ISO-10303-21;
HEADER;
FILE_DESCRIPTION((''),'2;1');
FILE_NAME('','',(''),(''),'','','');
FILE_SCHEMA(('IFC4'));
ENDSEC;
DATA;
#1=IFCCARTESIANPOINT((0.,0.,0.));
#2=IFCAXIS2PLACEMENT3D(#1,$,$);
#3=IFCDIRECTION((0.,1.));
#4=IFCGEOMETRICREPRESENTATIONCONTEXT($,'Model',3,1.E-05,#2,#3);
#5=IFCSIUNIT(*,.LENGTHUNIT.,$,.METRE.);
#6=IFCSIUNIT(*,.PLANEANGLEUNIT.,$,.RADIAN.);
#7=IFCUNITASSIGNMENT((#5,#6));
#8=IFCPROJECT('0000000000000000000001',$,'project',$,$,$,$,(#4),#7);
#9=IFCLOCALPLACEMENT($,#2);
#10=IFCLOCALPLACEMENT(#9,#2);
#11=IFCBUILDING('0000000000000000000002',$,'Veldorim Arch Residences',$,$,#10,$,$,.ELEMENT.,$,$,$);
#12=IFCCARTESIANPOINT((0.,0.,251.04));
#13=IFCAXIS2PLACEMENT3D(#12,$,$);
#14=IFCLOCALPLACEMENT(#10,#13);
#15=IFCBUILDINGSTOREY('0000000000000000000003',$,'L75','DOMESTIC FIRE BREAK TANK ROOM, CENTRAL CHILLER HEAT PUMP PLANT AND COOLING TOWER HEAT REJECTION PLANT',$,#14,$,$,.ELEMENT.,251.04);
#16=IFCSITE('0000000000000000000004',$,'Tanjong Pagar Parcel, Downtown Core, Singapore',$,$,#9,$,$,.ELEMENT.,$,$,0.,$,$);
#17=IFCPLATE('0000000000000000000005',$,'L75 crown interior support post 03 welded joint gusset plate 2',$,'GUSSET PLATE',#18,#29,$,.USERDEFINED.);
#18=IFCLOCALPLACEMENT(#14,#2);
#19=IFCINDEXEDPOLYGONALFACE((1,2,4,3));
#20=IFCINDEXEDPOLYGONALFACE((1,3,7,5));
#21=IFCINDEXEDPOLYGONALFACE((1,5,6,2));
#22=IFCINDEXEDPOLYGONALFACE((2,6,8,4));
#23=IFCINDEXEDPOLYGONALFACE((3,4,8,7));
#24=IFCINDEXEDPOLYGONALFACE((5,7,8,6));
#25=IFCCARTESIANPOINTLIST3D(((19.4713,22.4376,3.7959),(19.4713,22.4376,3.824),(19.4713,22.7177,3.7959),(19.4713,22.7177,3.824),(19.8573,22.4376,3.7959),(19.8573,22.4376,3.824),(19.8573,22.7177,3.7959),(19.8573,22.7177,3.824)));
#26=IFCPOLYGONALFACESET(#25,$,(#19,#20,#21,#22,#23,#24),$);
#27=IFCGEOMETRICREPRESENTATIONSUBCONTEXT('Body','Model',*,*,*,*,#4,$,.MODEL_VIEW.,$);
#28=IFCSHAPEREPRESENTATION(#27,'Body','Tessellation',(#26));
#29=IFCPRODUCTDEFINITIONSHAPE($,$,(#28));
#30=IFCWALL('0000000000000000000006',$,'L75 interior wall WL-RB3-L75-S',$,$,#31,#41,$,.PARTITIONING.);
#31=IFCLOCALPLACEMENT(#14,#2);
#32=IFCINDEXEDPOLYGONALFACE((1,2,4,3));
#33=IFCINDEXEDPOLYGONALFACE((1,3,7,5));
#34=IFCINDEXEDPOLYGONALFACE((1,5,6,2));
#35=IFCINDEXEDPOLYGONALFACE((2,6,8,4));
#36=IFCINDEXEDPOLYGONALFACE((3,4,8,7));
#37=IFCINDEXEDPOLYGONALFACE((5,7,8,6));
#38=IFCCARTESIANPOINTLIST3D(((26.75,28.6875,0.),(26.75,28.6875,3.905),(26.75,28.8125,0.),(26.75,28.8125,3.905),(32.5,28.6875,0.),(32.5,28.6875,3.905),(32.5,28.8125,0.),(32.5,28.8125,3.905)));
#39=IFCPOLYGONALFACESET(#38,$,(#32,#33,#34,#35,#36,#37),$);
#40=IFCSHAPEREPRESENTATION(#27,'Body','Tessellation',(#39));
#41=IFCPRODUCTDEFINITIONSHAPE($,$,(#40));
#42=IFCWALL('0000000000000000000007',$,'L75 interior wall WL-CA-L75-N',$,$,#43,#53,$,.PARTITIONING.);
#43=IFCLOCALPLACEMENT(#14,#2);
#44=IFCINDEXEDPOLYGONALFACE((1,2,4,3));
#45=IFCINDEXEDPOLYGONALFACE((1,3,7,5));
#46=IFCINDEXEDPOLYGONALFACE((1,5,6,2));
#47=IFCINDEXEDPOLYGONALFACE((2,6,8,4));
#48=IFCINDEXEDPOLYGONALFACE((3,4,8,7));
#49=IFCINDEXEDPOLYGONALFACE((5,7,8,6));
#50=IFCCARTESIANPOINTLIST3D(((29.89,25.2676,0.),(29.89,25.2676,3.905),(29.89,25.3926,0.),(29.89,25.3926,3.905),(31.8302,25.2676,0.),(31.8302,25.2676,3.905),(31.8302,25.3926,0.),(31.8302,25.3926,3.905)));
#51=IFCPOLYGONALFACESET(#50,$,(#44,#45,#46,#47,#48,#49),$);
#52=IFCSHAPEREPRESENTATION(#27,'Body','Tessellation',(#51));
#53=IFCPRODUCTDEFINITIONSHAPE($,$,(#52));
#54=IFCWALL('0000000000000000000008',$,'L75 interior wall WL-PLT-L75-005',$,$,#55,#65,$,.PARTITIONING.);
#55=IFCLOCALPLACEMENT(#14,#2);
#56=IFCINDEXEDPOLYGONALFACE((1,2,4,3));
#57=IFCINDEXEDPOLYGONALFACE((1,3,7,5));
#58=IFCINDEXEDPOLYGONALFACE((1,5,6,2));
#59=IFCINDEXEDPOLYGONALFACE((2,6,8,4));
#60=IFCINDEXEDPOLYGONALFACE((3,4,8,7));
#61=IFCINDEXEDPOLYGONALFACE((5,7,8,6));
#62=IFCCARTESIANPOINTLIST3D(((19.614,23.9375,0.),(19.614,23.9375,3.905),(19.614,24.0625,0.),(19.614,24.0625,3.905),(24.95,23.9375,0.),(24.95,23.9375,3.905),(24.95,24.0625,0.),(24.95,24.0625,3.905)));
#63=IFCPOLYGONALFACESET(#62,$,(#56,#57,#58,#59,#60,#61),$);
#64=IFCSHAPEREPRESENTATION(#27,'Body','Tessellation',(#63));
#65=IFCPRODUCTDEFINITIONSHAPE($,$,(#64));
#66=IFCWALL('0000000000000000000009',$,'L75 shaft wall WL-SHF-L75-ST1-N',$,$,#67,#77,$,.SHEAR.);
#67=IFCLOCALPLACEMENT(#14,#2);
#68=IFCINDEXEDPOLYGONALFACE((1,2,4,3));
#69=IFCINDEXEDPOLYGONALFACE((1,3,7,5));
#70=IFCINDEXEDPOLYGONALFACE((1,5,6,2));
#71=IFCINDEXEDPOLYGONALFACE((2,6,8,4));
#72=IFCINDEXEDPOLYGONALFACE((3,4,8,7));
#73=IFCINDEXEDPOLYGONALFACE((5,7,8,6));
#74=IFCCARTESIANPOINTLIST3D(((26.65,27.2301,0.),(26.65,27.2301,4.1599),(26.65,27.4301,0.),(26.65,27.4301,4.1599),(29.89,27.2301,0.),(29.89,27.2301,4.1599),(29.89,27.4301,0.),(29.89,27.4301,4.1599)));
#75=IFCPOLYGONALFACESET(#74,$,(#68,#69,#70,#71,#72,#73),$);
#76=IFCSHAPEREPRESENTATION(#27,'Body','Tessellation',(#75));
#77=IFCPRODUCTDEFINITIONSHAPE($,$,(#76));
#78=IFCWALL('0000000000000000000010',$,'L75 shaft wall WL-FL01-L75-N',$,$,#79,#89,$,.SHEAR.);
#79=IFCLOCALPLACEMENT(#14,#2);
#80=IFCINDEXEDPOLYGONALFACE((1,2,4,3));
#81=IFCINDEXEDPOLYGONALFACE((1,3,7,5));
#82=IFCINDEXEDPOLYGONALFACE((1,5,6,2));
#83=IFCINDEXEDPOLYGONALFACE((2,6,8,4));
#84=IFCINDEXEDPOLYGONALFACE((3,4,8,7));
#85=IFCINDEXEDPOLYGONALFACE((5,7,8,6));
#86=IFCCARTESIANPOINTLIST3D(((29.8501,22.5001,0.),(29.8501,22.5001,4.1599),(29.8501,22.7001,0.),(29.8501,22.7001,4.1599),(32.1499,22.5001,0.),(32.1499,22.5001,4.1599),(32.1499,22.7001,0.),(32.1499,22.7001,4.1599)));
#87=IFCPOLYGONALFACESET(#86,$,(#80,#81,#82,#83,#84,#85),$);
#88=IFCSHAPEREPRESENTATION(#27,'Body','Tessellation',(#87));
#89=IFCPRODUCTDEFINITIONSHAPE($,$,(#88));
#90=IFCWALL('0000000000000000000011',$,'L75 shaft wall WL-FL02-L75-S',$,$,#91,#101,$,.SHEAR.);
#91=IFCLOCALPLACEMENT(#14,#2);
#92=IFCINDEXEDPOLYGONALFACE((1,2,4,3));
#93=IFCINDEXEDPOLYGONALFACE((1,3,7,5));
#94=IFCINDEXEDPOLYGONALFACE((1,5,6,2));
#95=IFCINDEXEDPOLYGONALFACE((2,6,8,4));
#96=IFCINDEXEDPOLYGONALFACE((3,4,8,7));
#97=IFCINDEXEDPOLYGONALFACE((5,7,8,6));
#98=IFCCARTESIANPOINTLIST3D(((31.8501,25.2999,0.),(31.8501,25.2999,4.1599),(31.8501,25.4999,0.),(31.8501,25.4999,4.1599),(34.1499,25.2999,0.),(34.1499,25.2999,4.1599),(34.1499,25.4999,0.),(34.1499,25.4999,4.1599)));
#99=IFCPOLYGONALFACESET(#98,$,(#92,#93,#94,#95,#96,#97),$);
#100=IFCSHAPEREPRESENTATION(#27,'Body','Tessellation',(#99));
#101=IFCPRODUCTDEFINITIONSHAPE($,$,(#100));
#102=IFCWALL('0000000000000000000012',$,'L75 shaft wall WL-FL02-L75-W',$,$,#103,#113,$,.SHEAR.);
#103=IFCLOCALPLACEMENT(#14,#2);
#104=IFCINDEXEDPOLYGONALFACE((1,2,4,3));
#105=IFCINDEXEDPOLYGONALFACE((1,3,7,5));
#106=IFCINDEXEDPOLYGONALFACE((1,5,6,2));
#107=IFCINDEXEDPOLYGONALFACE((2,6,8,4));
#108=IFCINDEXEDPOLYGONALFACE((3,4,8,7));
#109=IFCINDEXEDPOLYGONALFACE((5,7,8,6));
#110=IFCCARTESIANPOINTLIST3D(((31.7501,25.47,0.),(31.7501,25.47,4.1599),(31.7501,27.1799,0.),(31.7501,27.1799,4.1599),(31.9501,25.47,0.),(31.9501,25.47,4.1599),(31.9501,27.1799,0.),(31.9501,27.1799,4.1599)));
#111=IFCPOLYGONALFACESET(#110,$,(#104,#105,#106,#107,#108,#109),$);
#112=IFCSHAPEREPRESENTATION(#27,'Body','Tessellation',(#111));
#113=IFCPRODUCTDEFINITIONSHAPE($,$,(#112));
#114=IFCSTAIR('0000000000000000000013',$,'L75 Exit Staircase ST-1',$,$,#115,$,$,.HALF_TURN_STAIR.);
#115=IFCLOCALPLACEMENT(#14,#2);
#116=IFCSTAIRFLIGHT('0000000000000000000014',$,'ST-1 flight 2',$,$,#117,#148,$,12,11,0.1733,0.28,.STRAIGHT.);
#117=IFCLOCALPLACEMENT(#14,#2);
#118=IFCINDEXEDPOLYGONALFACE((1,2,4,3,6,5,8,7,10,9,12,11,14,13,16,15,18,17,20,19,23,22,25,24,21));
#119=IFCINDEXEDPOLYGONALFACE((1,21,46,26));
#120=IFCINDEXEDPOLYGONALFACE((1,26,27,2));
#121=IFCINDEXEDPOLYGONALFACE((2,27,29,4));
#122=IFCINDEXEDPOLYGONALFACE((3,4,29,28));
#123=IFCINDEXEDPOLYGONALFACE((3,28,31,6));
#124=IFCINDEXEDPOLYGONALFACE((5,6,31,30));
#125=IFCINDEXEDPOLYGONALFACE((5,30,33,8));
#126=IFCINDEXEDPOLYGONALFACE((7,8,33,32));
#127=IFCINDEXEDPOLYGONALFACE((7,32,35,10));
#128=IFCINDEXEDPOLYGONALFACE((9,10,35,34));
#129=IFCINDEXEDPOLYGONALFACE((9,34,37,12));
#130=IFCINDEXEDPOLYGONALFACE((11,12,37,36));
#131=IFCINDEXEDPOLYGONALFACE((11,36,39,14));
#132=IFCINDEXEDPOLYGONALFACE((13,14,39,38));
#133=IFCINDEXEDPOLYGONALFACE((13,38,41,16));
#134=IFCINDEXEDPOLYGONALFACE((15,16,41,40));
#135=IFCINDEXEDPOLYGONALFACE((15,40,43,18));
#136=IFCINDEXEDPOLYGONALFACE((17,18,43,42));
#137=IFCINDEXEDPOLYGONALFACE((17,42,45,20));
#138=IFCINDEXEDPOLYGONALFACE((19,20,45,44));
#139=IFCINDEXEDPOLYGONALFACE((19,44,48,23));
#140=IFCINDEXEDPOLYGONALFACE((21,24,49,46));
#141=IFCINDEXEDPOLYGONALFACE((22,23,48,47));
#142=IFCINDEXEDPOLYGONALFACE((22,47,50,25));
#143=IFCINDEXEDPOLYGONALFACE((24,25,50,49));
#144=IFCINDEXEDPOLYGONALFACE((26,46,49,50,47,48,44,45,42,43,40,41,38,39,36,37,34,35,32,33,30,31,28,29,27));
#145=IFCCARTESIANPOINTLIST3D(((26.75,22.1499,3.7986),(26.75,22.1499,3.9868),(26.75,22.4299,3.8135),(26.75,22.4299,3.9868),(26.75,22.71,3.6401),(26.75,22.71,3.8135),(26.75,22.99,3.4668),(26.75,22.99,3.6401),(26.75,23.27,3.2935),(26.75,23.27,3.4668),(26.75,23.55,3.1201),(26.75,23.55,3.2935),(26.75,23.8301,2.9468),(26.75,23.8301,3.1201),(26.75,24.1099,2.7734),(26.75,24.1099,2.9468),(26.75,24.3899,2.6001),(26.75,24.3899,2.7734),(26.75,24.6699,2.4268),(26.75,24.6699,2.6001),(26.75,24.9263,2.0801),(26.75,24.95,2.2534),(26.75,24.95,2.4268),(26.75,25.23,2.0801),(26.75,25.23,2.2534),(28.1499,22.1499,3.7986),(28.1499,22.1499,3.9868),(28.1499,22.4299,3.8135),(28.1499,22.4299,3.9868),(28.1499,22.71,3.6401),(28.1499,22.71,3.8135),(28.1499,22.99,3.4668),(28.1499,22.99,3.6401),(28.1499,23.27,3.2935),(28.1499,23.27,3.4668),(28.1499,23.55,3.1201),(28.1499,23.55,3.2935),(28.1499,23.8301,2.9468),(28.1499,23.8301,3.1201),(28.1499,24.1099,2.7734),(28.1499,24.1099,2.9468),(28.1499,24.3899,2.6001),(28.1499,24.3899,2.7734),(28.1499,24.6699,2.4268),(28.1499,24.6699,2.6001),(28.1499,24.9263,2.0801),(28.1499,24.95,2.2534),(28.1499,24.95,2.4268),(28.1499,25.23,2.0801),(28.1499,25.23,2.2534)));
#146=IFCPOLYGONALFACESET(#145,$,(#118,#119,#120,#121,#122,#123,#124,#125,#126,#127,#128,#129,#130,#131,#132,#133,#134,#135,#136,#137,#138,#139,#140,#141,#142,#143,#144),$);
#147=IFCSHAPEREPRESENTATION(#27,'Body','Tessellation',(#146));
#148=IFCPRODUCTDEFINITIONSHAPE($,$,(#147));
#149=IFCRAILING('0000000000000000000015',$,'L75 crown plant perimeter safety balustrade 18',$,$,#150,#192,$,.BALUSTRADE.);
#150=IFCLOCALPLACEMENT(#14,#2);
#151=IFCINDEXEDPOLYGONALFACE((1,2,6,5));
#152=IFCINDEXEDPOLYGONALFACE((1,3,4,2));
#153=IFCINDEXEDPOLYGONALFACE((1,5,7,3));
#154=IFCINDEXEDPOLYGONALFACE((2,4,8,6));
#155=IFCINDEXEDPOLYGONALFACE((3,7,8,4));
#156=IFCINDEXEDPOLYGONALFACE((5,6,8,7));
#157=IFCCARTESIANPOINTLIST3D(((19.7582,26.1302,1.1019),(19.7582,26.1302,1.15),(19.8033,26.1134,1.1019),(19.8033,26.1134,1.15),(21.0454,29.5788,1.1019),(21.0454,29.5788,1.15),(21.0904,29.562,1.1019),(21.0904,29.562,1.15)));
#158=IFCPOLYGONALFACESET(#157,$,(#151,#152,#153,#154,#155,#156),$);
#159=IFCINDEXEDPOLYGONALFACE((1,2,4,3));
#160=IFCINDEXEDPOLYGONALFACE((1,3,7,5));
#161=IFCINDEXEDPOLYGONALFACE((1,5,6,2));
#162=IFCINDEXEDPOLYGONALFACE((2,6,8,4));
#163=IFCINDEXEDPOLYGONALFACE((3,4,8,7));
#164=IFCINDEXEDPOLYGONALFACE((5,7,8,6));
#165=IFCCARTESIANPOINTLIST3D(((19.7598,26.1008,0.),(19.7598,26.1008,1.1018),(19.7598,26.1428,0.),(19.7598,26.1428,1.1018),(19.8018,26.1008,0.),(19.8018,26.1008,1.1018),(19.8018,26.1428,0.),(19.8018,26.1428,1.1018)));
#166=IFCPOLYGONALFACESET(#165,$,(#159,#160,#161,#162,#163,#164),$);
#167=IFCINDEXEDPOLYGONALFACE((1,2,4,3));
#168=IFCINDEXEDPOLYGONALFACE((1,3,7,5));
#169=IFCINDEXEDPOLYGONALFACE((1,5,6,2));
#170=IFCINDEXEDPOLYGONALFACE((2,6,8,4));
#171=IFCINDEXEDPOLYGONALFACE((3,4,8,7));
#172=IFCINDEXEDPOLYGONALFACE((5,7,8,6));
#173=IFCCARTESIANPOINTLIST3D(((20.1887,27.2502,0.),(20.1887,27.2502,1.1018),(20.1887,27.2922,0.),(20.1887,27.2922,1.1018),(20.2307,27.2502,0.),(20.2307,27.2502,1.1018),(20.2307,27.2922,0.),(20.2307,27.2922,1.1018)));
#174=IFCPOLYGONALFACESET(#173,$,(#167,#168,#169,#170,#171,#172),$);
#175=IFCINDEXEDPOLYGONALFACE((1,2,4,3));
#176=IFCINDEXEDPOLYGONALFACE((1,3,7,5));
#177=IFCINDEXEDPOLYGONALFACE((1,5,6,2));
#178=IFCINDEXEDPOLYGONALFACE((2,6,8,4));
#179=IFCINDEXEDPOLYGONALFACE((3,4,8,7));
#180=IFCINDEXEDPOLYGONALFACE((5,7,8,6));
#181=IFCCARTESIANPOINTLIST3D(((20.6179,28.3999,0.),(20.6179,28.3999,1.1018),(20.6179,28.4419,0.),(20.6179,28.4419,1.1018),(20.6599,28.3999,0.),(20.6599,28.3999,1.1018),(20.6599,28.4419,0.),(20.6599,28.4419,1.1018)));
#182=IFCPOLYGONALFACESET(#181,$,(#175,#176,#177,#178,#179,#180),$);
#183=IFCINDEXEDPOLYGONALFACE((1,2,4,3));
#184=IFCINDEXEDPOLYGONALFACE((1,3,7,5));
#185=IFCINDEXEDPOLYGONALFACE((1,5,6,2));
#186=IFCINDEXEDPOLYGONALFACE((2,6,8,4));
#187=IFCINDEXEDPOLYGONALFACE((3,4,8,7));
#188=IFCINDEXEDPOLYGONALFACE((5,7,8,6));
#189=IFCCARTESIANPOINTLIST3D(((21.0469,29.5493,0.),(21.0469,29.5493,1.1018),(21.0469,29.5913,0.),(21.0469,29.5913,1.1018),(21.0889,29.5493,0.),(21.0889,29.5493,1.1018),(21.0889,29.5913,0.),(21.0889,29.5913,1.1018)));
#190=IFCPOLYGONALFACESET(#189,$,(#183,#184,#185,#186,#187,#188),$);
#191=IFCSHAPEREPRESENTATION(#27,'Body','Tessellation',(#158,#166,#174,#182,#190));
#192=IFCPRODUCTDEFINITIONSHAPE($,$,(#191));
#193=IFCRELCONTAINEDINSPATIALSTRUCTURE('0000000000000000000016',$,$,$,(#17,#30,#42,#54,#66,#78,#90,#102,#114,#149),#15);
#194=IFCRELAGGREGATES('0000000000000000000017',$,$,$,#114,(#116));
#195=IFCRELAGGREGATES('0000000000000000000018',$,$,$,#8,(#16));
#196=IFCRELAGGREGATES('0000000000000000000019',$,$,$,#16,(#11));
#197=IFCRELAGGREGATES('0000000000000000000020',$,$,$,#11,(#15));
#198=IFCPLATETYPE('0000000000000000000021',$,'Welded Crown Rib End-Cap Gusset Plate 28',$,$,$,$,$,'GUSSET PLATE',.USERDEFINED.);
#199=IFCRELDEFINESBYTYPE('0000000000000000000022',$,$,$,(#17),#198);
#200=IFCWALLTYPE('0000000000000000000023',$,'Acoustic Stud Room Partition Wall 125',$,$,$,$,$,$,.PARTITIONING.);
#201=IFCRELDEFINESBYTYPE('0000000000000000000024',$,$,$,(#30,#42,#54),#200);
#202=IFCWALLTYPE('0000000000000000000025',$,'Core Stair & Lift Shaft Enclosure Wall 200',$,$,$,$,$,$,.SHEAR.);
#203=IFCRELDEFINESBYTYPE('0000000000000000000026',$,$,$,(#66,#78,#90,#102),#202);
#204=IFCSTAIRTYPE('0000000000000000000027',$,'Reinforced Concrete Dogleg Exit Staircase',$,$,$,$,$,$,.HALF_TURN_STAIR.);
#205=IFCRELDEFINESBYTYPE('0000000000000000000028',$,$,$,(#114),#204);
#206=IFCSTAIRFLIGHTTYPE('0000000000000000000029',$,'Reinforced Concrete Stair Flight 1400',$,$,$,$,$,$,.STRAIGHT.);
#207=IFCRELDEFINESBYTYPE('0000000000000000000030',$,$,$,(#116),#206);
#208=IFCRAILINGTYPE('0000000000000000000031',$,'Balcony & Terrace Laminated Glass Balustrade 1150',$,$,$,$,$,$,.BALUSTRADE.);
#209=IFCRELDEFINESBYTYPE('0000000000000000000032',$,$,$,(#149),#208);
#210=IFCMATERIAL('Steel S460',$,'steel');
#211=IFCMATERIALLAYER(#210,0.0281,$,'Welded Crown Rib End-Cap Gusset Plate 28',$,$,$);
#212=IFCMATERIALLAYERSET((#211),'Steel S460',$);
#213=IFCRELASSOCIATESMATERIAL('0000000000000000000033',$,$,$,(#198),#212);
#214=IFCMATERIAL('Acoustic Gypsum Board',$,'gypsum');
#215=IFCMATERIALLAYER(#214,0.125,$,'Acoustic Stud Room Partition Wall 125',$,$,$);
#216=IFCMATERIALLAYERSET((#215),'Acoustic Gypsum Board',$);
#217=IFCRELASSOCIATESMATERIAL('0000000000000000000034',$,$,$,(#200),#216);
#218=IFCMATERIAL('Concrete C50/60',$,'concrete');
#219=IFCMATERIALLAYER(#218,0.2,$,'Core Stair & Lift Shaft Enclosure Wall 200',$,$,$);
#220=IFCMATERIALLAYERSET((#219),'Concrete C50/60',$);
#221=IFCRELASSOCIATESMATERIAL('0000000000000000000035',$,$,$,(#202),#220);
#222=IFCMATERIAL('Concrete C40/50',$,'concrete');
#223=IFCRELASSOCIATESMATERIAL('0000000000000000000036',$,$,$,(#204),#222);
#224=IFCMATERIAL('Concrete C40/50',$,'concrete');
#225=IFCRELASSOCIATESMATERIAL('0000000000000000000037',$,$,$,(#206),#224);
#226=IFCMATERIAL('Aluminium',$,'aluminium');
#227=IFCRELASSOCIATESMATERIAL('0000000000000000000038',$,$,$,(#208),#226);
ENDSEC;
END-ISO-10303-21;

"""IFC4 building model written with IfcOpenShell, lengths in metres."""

from ifc_helpers import new_model, si_unit, direction, frame, frame_2d, origin, origin_2d, place, context, subcontext, project, spatial, polyline, rectangle, outline, extrude, material, layer, layer_set, type_object, element, aggregate, save


model = new_model("IFC4")

# Units and contexts
model_context = context("Model", 3, precision=1e-05, world=origin(), true_north=direction((0.0, 1.0)))
body_context = subcontext(model_context, "Body", "Model", "MODEL_VIEW")
ifc_project = project(units=[si_unit("LENGTHUNIT", "METRE"), si_unit("PLANEANGLEUNIT", "RADIAN")], contexts=[model_context])

# Site, building, storey
site_placement = place(None, origin())
site = spatial("IfcSite", under=ifc_project, at=site_placement, Name="Tanjong Pagar Parcel, Downtown Core, Singapore", CompositionType="ELEMENT", RefElevation=0.0)
building_placement = place(site_placement, origin())
building = spatial("IfcBuilding", under=site, at=building_placement, Name="Veldorim Arch Residences", CompositionType="ELEMENT")
storey_placement = place(building_placement, frame((0.0, 0.0, 251.04)))
storey = spatial("IfcBuildingStorey", under=building, at=storey_placement, Name="L75", Description="DOMESTIC FIRE BREAK TANK ROOM, CENTRAL CHILLER HEAT PUMP PLANT AND COOLING TOWER HEAT REJECTION PLANT", CompositionType="ELEMENT", Elevation=251.04)

# Plate
ifc_material_1 = material(Name="Steel S460", Category="steel")
ifc_layer_1 = layer(ifc_material_1, 0.0281, Name="Welded Crown Rib End-Cap Gusset Plate 28")
ifc_layer_set_1 = layer_set([ifc_layer_1], Name="Steel S460")
plate_type = type_object("IfcPlateType", Name="Welded Crown Rib End-Cap Gusset Plate 28", ElementType="GUSSET PLATE", PredefinedType="USERDEFINED", material=ifc_layer_set_1)
plate_1_placement = place(storey_placement, frame((19.6643, 22.5776, 3.7959), z_axis=(0.0, 0.0, 1.0), x_axis=(1.0, 0.0, 0.0)))
element("IfcPlate", 1, at=plate_1_placement, inside=storey, type_object=plate_type, Name="L75 crown interior support post 03 welded joint gusset plate 2", ObjectType="GUSSET PLATE", PredefinedType="USERDEFINED", context=body_context, shape_type="SweptSolid", body=[
    extrude(rectangle(XDim=0.386, YDim=0.28, at=origin_2d()), origin(), (0.0, 0.0, 1.0), 0.0281),
])

# Walls
ifc_material_2 = material(Name="Acoustic Gypsum Board", Category="gypsum")
ifc_layer_2 = layer(ifc_material_2, 0.125, Name="Acoustic Stud Room Partition Wall 125")
ifc_layer_set_2 = layer_set([ifc_layer_2], Name="Acoustic Gypsum Board")
wall_type_1 = type_object("IfcWallType", Name="Acoustic Stud Room Partition Wall 125", PredefinedType="PARTITIONING", material=ifc_layer_set_2)
wall_1_placement = place(storey_placement, frame((26.75, 28.75, 0.0), z_axis=(0.0, 0.0, 1.0), x_axis=(1.0, 0.0, 0.0)))
element("IfcWall", 2, at=wall_1_placement, inside=storey, type_object=wall_type_1, Name="L75 interior wall WL-RB3-L75-S", PredefinedType="PARTITIONING", context=body_context, shape_type="SweptSolid", body=[
    extrude(rectangle(XDim=5.75, YDim=0.125, at=frame_2d((2.875, 0.0))), origin(), (0.0, 0.0, 1.0), 3.905),
])
wall_2_placement = place(storey_placement, frame((29.8899, 25.3301, 0.0), z_axis=(0.0, 0.0, 1.0), x_axis=(1.0, 0.0, 0.0)))
element("IfcWall", 3, at=wall_2_placement, inside=storey, type_object=wall_type_1, Name="L75 interior wall WL-CA-L75-N", PredefinedType="PARTITIONING", context=body_context, shape_type="SweptSolid", body=[
    extrude(rectangle(XDim=1.9402, YDim=0.125, at=frame_2d((0.9702, 0.0))), origin(), (0.0, 0.0, 1.0), 3.905),
])
wall_3_placement = place(storey_placement, frame((19.614, 24.0, 0.0), z_axis=(0.0, 0.0, 1.0), x_axis=(1.0, 0.0, 0.0)))
element("IfcWall", 4, at=wall_3_placement, inside=storey, type_object=wall_type_1, Name="L75 interior wall WL-PLT-L75-005", PredefinedType="PARTITIONING", context=body_context, shape_type="SweptSolid", body=[
    extrude(rectangle(XDim=5.3359, YDim=0.125, at=frame_2d((2.668, 0.0))), origin(), (0.0, 0.0, 1.0), 3.905),
])
ifc_material_3 = material(Name="Concrete C50/60", Category="concrete")
ifc_layer_3 = layer(ifc_material_3, 0.2, Name="Core Stair & Lift Shaft Enclosure Wall 200")
ifc_layer_set_3 = layer_set([ifc_layer_3], Name="Concrete C50/60")
wall_type_2 = type_object("IfcWallType", Name="Core Stair & Lift Shaft Enclosure Wall 200", PredefinedType="SHEAR", material=ifc_layer_set_3)
wall_4_placement = place(storey_placement, frame((26.6499, 27.3301, 0.0), z_axis=(0.0, 0.0, 1.0), x_axis=(1.0, 0.0, 0.0)))
element("IfcWall", 5, at=wall_4_placement, inside=storey, type_object=wall_type_2, Name="L75 shaft wall WL-SHF-L75-ST1-N", PredefinedType="SHEAR", context=body_context, shape_type="SweptSolid", body=[
    extrude(rectangle(XDim=3.24, YDim=0.2, at=frame_2d((1.6201, 0.0))), origin(), (0.0, 0.0, 1.0), 4.1599),
])
wall_5_placement = place(storey_placement, frame((29.8501, 22.6001, 0.0), z_axis=(0.0, 0.0, 1.0), x_axis=(1.0, 0.0, 0.0)))
element("IfcWall", 6, at=wall_5_placement, inside=storey, type_object=wall_type_2, Name="L75 shaft wall WL-FL01-L75-N", PredefinedType="SHEAR", context=body_context, shape_type="SweptSolid", body=[
    extrude(rectangle(XDim=2.2998, YDim=0.2, at=frame_2d((1.1499, 0.0))), origin(), (0.0, 0.0, 1.0), 4.1599),
])

# Walls
wall_6_placement = place(storey_placement, frame((31.8501, 25.3999, 0.0), z_axis=(0.0, 0.0, 1.0), x_axis=(1.0, 0.0, 0.0)))
element("IfcWall", 7, at=wall_6_placement, inside=storey, type_object=wall_type_2, Name="L75 shaft wall WL-FL02-L75-S", PredefinedType="SHEAR", context=body_context, shape_type="SweptSolid", body=[
    extrude(rectangle(XDim=2.2998, YDim=0.2, at=frame_2d((1.1499, 0.0))), origin(), (0.0, 0.0, 1.0), 4.1599),
])
wall_7_placement = place(storey_placement, frame((31.8501, 25.47, 0.0), z_axis=(0.0, 0.0, 1.0), x_axis=(0.0, 1.0, 0.0)))
element("IfcWall", 8, at=wall_7_placement, inside=storey, type_object=wall_type_2, Name="L75 shaft wall WL-FL02-L75-W", PredefinedType="SHEAR", context=body_context, shape_type="SweptSolid", body=[
    extrude(rectangle(XDim=1.71, YDim=0.2, at=frame_2d((0.855, 0.0))), origin(), (0.0, 0.0, 1.0), 4.1599),
])

# Stair, stair flight
ifc_material_4 = material(Name="Concrete C40/50", Category="concrete")
stair_type = type_object("IfcStairType", Name="Reinforced Concrete Dogleg Exit Staircase", PredefinedType="HALF_TURN_STAIR", material=ifc_material_4)
stair_placement = place(storey_placement, origin())
stair = element("IfcStair", 9, at=stair_placement, inside=storey, type_object=stair_type, Name="L75 Exit Staircase ST-1", PredefinedType="HALF_TURN_STAIR")
ifc_material_5 = material(Name="Concrete C40/50", Category="concrete")
stair_flight_type = type_object("IfcStairFlightType", Name="Reinforced Concrete Stair Flight 1400", PredefinedType="STRAIGHT", material=ifc_material_5)
stair_flight_placement = place(storey_placement, frame((27.45, 25.23, 2.0801), z_axis=(0.0, 0.0, 1.0), x_axis=(0.0, -1.0, 0.0)))
stair_flight = element("IfcStairFlight", 10, at=stair_flight_placement, type_object=stair_flight_type, Name="ST-1 flight 2", NumberOfRisers=12, NumberOfTreads=11, PredefinedType="STRAIGHT", RiserHeight=0.1733, TreadLength=0.28, context=body_context, shape_type="SweptSolid", body=[
    extrude(outline(polyline([(0.0, 0.0), (0.0, 0.1733), (0.28, 0.1733), (0.28, 0.3467), (0.5601, 0.3467), (0.5601, 0.52), (0.8401, 0.52), (0.8401, 0.6934), (1.1201, 0.6934), (1.1201, 0.8667), (1.3999, 0.8667), (1.3999, 1.04), (1.6799, 1.04), (1.6799, 1.2134), (1.96, 1.2134), (1.96, 1.3867), (2.24, 1.3867), (2.24, 1.5601), (2.52, 1.5601), (2.52, 1.7334), (2.8, 1.7334), (2.8, 1.9067), (3.0801, 1.9067), (3.0801, 2.0801), (3.0801, 1.7185), (0.3037, 0.0), (0.0, 0.0)])), frame((0.0, 0.7, 0.0), z_axis=(0.0, -1.0, 0.0), x_axis=(1.0, 0.0, 0.0)), (0.0, 0.0, 1.0), 1.3999),
])
aggregate(stair, [stair_flight])

# Railing
ifc_material_6 = material(Name="Aluminium", Category="aluminium")
railing_type_1 = type_object("IfcRailingType", Name="Balcony & Terrace Laminated Glass Balustrade 1150", PredefinedType="BALUSTRADE", material=ifc_material_6)
railing_1_placement = place(storey_placement, frame((19.7808, 26.1218, 0.0)))
element("IfcRailing", 11, at=railing_1_placement, inside=storey, type_object=railing_type_1, Name="L75 crown plant perimeter safety balustrade 18", PredefinedType="BALUSTRADE", context=body_context, shape_type="SweptSolid", body=[
    extrude(rectangle(XDim=0.0481, YDim=0.0481, at=origin_2d()), frame((0.0, 0.0, 1.126), z_axis=(0.349677, 0.93687, 0.0), x_axis=(-0.93687, 0.349677, 0.0)), (0.0, 0.0, 1.0), 3.6809),
    extrude(rectangle(XDim=0.042, YDim=0.042, at=origin_2d()), origin(), (0.0, 0.0, 1.0), 1.1018),
    extrude(rectangle(XDim=0.042, YDim=0.042, at=origin_2d()), frame((0.429, 1.1494, 0.0)), (0.0, 0.0, 1.0), 1.1018),
    extrude(rectangle(XDim=0.042, YDim=0.042, at=origin_2d()), frame((0.8582, 2.2991, 0.0)), (0.0, 0.0, 1.0), 1.1018),
    extrude(rectangle(XDim=0.042, YDim=0.042, at=origin_2d()), frame((1.2871, 3.4485, 0.0)), (0.0, 0.0, 1.0), 1.1018),
])

save(model, "model.ifc")
